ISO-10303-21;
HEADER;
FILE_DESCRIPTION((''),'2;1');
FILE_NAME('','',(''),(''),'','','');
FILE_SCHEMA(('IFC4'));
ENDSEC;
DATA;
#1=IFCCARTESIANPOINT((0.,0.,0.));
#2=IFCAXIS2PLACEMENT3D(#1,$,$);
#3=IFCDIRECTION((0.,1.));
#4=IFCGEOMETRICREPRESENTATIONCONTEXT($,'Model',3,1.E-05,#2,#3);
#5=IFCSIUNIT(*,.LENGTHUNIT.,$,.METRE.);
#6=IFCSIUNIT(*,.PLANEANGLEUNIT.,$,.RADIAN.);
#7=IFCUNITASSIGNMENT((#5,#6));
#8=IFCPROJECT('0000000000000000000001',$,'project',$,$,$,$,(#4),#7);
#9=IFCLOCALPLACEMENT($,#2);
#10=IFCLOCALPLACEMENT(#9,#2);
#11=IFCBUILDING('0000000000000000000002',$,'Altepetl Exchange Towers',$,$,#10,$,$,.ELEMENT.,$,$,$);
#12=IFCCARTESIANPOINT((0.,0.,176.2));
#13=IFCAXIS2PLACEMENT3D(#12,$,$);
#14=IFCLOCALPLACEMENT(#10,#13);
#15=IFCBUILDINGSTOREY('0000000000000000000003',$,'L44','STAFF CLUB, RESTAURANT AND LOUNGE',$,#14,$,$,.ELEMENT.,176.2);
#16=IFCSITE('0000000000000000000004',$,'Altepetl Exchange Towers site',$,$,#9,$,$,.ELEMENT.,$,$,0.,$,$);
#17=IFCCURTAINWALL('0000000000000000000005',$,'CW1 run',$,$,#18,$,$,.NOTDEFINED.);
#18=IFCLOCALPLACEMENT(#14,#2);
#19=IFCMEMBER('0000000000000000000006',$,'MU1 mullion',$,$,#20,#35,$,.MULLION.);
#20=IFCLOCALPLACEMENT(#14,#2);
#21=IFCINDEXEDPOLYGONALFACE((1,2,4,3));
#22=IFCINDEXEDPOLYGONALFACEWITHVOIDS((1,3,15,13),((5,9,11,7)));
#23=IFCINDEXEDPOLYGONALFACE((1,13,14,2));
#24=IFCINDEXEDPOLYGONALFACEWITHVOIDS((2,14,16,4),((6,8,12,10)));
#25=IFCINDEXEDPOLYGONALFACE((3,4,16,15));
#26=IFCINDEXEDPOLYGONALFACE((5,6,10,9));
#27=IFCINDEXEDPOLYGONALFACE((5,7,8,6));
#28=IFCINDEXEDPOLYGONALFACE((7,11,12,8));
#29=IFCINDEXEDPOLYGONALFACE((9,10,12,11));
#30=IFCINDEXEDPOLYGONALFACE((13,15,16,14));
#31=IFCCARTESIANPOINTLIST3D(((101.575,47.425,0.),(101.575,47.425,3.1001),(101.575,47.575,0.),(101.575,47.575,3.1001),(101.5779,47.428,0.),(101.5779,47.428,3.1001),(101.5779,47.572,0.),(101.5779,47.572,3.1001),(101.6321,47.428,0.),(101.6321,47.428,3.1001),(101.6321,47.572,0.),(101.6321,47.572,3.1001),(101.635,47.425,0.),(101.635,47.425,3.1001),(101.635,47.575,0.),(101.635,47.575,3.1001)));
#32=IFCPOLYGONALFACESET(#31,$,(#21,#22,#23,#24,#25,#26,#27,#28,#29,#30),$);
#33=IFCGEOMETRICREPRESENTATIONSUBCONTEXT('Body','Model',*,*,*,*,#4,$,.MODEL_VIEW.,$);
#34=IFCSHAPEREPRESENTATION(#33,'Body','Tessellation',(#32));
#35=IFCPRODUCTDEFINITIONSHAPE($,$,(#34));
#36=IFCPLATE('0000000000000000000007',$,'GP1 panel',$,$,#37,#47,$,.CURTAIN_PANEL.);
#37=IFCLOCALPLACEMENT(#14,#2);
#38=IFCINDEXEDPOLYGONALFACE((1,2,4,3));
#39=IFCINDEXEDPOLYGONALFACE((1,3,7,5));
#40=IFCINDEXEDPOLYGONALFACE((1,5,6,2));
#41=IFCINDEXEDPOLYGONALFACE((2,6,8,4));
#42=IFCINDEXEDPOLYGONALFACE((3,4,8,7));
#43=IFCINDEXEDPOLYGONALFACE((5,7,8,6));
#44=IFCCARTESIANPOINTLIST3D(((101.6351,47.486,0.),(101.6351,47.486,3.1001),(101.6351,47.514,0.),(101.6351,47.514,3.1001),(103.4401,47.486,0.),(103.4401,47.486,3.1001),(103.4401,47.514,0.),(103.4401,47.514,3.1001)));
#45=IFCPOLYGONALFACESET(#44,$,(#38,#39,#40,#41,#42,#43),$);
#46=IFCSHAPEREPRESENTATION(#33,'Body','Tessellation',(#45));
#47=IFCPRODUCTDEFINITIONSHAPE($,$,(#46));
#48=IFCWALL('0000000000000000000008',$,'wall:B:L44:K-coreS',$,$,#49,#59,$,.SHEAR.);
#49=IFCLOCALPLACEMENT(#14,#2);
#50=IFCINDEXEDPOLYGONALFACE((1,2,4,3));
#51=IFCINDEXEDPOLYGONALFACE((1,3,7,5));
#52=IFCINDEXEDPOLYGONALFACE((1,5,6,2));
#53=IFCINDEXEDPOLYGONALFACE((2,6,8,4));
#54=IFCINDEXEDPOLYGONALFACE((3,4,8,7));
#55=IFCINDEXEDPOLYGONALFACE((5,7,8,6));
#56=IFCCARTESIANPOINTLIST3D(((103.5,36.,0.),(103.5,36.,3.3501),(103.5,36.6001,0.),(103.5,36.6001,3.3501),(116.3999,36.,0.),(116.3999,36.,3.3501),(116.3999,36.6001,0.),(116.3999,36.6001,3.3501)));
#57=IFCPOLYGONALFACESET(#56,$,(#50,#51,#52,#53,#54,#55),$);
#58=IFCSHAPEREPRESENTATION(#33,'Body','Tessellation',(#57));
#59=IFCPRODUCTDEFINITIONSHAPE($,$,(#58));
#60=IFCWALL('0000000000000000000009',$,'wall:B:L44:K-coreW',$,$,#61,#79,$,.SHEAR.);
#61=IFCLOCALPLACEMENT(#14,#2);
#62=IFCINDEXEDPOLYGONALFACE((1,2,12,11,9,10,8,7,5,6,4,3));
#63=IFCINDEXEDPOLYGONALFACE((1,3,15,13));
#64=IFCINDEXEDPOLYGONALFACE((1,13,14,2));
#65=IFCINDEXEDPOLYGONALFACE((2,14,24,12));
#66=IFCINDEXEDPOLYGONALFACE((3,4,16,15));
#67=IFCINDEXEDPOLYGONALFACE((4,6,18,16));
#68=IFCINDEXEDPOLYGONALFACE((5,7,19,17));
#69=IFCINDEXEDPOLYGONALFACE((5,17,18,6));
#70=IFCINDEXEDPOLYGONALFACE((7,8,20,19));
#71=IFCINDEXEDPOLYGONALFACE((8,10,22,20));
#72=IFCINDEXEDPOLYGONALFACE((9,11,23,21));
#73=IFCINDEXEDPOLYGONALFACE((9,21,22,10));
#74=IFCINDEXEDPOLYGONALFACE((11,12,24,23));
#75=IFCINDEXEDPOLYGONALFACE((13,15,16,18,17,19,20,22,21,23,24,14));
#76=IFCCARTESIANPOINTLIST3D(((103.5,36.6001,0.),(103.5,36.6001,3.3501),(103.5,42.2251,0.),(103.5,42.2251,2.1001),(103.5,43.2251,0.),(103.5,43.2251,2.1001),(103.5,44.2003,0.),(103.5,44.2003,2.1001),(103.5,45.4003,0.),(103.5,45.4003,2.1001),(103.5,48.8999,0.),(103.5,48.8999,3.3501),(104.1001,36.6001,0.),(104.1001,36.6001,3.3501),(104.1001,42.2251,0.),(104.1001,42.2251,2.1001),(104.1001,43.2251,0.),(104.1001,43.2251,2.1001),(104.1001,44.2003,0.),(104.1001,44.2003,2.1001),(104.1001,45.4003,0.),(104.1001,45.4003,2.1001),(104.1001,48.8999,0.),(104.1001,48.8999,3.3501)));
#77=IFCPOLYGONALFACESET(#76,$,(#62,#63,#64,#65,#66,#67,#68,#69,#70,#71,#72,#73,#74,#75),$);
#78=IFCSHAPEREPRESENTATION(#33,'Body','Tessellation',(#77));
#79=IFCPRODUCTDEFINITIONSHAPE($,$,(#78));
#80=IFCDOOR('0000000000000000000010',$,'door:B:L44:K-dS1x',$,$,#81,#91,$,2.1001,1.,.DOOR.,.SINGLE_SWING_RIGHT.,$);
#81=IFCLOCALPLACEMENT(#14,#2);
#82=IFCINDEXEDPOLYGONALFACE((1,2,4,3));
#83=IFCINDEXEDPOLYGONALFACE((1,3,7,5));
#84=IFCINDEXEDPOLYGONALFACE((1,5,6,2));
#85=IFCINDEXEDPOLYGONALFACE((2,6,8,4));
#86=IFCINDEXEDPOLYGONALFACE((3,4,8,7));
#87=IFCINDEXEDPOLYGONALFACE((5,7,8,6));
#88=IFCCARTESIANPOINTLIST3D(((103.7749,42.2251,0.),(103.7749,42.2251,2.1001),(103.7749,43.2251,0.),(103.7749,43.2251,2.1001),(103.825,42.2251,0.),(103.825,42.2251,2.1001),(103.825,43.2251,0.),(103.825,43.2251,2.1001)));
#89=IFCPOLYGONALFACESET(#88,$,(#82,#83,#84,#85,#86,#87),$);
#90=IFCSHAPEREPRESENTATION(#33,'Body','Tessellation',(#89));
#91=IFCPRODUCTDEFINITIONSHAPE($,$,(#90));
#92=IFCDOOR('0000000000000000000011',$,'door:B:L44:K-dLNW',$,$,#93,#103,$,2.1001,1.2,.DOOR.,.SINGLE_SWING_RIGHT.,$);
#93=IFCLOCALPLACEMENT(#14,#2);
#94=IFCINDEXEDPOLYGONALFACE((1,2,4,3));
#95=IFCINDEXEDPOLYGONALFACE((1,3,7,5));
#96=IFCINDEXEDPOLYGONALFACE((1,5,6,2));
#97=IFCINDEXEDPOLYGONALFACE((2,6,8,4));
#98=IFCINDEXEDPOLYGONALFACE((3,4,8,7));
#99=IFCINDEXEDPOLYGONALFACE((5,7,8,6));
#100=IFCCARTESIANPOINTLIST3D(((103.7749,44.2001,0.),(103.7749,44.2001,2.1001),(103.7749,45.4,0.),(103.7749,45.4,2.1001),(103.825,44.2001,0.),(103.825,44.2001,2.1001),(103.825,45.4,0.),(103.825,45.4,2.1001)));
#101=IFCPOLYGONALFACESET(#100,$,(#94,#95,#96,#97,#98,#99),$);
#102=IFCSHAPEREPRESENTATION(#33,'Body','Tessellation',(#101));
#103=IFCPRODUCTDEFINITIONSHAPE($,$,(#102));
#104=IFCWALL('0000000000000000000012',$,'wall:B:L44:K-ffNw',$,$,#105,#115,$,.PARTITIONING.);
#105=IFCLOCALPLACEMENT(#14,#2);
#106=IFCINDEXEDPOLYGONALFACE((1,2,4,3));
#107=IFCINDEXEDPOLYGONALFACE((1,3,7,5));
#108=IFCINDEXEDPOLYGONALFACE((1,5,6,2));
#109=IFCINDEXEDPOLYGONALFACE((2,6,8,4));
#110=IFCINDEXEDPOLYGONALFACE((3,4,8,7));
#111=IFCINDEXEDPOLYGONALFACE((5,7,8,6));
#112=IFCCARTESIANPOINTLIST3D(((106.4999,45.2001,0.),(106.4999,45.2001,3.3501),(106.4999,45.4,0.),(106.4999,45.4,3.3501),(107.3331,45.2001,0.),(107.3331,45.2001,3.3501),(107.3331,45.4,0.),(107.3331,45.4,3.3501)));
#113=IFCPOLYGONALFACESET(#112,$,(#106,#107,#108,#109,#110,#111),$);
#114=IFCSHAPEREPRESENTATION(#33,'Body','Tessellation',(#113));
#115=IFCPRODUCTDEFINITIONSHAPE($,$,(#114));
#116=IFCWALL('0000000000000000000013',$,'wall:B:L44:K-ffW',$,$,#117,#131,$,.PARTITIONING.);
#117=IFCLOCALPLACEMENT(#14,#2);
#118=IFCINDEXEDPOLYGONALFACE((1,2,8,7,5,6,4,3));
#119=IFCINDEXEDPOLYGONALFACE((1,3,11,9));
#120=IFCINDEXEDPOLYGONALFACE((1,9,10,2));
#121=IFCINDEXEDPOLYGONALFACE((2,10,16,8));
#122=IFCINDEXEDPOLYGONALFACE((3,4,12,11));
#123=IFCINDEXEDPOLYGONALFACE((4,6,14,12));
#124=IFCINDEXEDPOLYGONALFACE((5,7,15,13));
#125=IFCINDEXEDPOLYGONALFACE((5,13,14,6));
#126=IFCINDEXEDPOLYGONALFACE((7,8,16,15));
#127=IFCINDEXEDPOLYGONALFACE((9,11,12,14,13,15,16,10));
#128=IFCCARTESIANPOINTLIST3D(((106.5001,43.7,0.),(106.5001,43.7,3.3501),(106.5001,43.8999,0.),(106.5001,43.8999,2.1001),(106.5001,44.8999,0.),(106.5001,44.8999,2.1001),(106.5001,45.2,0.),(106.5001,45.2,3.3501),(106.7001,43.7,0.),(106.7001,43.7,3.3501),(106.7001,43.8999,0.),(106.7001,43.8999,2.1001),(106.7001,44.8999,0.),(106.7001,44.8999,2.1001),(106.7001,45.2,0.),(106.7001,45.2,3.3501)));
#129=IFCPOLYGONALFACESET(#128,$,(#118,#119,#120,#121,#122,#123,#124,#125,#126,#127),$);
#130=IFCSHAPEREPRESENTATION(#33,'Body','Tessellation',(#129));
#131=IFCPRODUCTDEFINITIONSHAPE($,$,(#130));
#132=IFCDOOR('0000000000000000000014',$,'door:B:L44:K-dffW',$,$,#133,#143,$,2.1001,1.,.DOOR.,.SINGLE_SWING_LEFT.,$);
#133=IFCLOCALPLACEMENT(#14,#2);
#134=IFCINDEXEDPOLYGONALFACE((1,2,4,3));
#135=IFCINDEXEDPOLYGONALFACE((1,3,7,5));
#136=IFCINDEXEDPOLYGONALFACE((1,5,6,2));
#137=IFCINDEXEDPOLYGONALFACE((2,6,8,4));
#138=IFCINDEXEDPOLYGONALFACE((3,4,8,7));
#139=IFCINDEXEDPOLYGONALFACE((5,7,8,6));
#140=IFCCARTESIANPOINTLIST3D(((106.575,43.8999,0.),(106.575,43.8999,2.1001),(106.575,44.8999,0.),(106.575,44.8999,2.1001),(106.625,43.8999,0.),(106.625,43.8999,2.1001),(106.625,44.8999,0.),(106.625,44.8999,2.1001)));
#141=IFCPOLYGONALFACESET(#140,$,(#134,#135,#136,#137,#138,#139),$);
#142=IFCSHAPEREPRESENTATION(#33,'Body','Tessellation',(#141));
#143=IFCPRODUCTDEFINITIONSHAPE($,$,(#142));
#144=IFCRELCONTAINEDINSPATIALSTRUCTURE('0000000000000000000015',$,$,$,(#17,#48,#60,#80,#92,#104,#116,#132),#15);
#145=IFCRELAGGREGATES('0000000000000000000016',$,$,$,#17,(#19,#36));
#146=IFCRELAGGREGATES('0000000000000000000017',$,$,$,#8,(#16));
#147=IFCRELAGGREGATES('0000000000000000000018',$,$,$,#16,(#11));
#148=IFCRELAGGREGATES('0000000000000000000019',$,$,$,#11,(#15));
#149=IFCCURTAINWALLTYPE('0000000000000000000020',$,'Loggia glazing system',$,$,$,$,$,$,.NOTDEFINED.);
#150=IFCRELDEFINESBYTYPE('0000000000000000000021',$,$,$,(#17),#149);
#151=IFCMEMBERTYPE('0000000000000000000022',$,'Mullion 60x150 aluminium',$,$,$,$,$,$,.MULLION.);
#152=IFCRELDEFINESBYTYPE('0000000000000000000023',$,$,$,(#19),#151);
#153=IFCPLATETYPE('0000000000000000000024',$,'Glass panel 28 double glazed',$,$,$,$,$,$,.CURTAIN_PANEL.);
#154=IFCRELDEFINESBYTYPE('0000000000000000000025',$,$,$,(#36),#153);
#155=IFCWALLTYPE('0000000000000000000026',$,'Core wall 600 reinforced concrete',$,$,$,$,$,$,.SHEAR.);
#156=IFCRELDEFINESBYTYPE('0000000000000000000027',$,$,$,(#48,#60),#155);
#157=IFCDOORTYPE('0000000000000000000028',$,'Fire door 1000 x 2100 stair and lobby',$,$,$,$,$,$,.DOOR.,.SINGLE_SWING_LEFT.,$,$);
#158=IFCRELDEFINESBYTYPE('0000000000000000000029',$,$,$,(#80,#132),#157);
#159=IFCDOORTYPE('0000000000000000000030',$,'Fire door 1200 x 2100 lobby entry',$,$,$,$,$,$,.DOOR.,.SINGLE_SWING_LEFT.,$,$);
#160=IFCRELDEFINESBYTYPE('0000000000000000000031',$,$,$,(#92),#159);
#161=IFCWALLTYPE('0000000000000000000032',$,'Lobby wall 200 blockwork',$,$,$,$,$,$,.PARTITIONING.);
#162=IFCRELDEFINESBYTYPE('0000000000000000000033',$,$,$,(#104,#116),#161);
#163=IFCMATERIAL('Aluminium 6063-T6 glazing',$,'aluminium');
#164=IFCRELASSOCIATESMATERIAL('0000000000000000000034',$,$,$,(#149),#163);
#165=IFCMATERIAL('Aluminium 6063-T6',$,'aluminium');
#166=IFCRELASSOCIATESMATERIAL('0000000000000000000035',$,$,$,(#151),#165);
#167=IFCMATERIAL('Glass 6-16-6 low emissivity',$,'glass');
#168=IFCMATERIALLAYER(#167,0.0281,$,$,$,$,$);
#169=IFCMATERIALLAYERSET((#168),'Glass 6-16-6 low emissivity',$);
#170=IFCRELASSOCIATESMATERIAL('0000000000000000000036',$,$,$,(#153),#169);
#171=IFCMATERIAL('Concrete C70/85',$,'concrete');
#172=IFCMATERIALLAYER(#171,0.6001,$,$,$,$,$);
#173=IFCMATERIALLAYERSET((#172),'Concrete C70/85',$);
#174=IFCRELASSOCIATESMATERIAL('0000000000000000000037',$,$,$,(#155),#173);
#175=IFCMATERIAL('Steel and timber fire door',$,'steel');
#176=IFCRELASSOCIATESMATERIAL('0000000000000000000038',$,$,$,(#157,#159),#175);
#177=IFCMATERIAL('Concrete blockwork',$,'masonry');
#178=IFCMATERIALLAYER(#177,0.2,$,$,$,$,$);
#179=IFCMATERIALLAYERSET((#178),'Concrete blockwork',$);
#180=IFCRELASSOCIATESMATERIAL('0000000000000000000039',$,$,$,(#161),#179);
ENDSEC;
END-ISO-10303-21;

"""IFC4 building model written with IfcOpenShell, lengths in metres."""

from ifc_helpers import new_model, si_unit, direction, frame, frame_2d, origin, origin_2d, place, context, subcontext, project, spatial, rectangle, hollow_rectangle, extrude, material, layer, layer_set, material_profile, profile_set, type_object, element, fill, aggregate, save


model = new_model("IFC4")

# Units and contexts
model_context = context("Model", 3, precision=1e-05, world=origin(), true_north=direction((0.0, 1.0)))
body_context = subcontext(model_context, "Body", "Model", "MODEL_VIEW")
ifc_project = project(units=[si_unit("LENGTHUNIT", "METRE"), si_unit("PLANEANGLEUNIT", "RADIAN")], contexts=[model_context])

# Site, building, storey
site_placement = place(None, origin())
site = spatial("IfcSite", under=ifc_project, at=site_placement, Name="Altepetl Exchange Towers site", CompositionType="ELEMENT", RefElevation=0.0)
building_placement = place(site_placement, origin())
building = spatial("IfcBuilding", under=site, at=building_placement, Name="Altepetl Exchange Towers", CompositionType="ELEMENT")
storey_placement = place(building_placement, frame((0.0, 0.0, 176.2)))
storey = spatial("IfcBuildingStorey", under=building, at=storey_placement, Name="L44", Description="STAFF CLUB, RESTAURANT AND LOUNGE", CompositionType="ELEMENT", Elevation=176.2)

# Curtain wall, member, plate
ifc_material_1 = material(Name="Aluminium 6063-T6 glazing", Category="aluminium")
curtain_wall_type = type_object("IfcCurtainWallType", Name="Loggia glazing system", PredefinedType="NOTDEFINED", material=ifc_material_1)
curtain_wall_placement = place(storey_placement, origin())
curtain_wall = element("IfcCurtainWall", 1, at=curtain_wall_placement, inside=storey, type_object=curtain_wall_type, Name="CW1 run", PredefinedType="NOTDEFINED")
ifc_material_2 = material(Name="Aluminium 6063-T6", Category="aluminium")
ifc_material_profile = material_profile(ifc_material_2, hollow_rectangle(XDim=0.0601, YDim=0.1499, WallThickness=0.0029, at=origin_2d()), Name="Mullion 60x150 aluminium")
ifc_profile_set = profile_set([ifc_material_profile], Name="Aluminium 6063-T6")
member_type = type_object("IfcMemberType", Name="Mullion 60x150 aluminium", PredefinedType="MULLION", material=ifc_profile_set)
member_placement = place(storey_placement, frame((101.605, 47.5, 0.0), z_axis=(0.0, 0.0, 1.0), x_axis=(-1.0, 0.0, 0.0)))
member = element("IfcMember", 2, at=member_placement, type_object=member_type, Name="MU1 mullion", PredefinedType="MULLION", context=body_context, shape_type="SweptSolid", body=[
    extrude(hollow_rectangle(XDim=0.0601, YDim=0.1499, WallThickness=0.0029, at=origin_2d()), origin(), (0.0, 0.0, 1.0), 3.1001),
])
ifc_material_3 = material(Name="Glass 6-16-6 low emissivity", Category="glass")
ifc_layer_1 = layer(ifc_material_3, 0.0281)
ifc_layer_set_1 = layer_set([ifc_layer_1], Name="Glass 6-16-6 low emissivity")
plate_type = type_object("IfcPlateType", Name="Glass panel 28 double glazed", PredefinedType="CURTAIN_PANEL", material=ifc_layer_set_1)
plate_placement = place(storey_placement, frame((102.5376, 47.5, 0.0), z_axis=(0.0, 0.0, 1.0), x_axis=(-1.0, 0.0, 0.0)))
plate = element("IfcPlate", 3, at=plate_placement, type_object=plate_type, Name="GP1 panel", PredefinedType="CURTAIN_PANEL", context=body_context, shape_type="SweptSolid", body=[
    extrude(rectangle(XDim=1.8049, YDim=0.0281, at=origin_2d()), origin(), (0.0, 0.0, 1.0), 3.1001),
])
aggregate(curtain_wall, [member, plate])

# Wall
ifc_material_4 = material(Name="Concrete C70/85", Category="concrete")
ifc_layer_2 = layer(ifc_material_4, 0.6001)
ifc_layer_set_2 = layer_set([ifc_layer_2], Name="Concrete C70/85")
wall_type_1 = type_object("IfcWallType", Name="Core wall 600 reinforced concrete", PredefinedType="SHEAR", material=ifc_layer_set_2)
wall_1_placement = place(storey_placement, frame((103.5, 36.3, 0.0)))
element("IfcWall", 4, at=wall_1_placement, inside=storey, type_object=wall_type_1, Name="wall:B:L44:K-coreS", PredefinedType="SHEAR", context=body_context, shape_type="SweptSolid", body=[
    extrude(rectangle(XDim=12.8999, YDim=0.6001, at=frame_2d((6.45, 0.0))), origin(), (0.0, 0.0, 1.0), 3.3501),
])

# Wall, openings, doors
wall_2_placement = place(storey_placement, frame((103.8, 36.6001, 0.0), z_axis=(0.0, 0.0, 1.0), x_axis=(0.0, 1.0, 0.0)))
wall_2 = element("IfcWall", 5, at=wall_2_placement, inside=storey, type_object=wall_type_1, Name="wall:B:L44:K-coreW", PredefinedType="SHEAR", context=body_context, shape_type="SweptSolid", body=[
    extrude(rectangle(XDim=12.2998, YDim=0.6001, at=frame_2d((6.1499, 0.0))), origin(), (0.0, 0.0, 1.0), 3.3501),
])
opening_1_placement = place(wall_2_placement, frame((7.6001, 0.0, 0.0)))
opening_1 = element("IfcOpeningElement", 6, at=opening_1_placement, cuts=wall_2, PredefinedType="OPENING", context=body_context, shape_type="SweptSolid", body=[
    extrude(rectangle(XDim=1.2, YDim=2.1001, at=frame_2d((0.6001, 1.05))), frame((0.0, 0.3101, 0.0), z_axis=(0.0, -1.0, 0.0), x_axis=(1.0, 0.0, 0.0)), (0.0, 0.0, 1.0), 0.6201),
])
opening_2_placement = place(wall_2_placement, frame((5.625, 0.0, 0.0)))
opening_2 = element("IfcOpeningElement", 7, at=opening_2_placement, cuts=wall_2, PredefinedType="OPENING", context=body_context, shape_type="SweptSolid", body=[
    extrude(rectangle(XDim=1.0, YDim=2.1001, at=frame_2d((0.5, 1.05))), frame((0.0, 0.3101, 0.0), z_axis=(0.0, -1.0, 0.0), x_axis=(1.0, 0.0, 0.0)), (0.0, 0.0, 1.0), 0.6201),
])
ifc_material_5 = material(Name="Steel and timber fire door", Category="steel")
door_type_1 = type_object("IfcDoorType", Name="Fire door 1000 x 2100 stair and lobby", OperationType="SINGLE_SWING_LEFT", PredefinedType="DOOR", material=ifc_material_5)
door_1_placement = place(opening_2_placement, frame((1.0, 0.0, 0.0), x_axis=(-1.0, 0.0, 0.0)))
door_1 = element("IfcDoor", 8, at=door_1_placement, inside=storey, type_object=door_type_1, Name="door:B:L44:K-dS1x", OperationType="SINGLE_SWING_RIGHT", OverallHeight=2.1001, OverallWidth=1.0, PredefinedType="DOOR", context=body_context, shape_type="SweptSolid", body=[
    extrude(rectangle(XDim=1.0, YDim=2.1001, at=frame_2d((0.5, 1.05))), frame((0.0, 0.0249, 0.0), z_axis=(0.0, -1.0, 0.0), x_axis=(1.0, 0.0, 0.0)), (0.0, 0.0, 1.0), 0.05),
])
fill(opening_2, door_1)
door_type_2 = type_object("IfcDoorType", Name="Fire door 1200 x 2100 lobby entry", OperationType="SINGLE_SWING_LEFT", PredefinedType="DOOR", material=ifc_material_5)
door_2_placement = place(opening_1_placement, frame((1.2, 0.0, 0.0), x_axis=(-1.0, 0.0, 0.0)))
door_2 = element("IfcDoor", 9, at=door_2_placement, inside=storey, type_object=door_type_2, Name="door:B:L44:K-dLNW", OperationType="SINGLE_SWING_RIGHT", OverallHeight=2.1001, OverallWidth=1.2, PredefinedType="DOOR", context=body_context, shape_type="SweptSolid", body=[
    extrude(rectangle(XDim=1.2, YDim=2.1001, at=frame_2d((0.6001, 1.05))), frame((0.0, 0.0249, 0.0), z_axis=(0.0, -1.0, 0.0), x_axis=(1.0, 0.0, 0.0)), (0.0, 0.0, 1.0), 0.05),
])
fill(opening_1, door_2)

# Wall
ifc_material_6 = material(Name="Concrete blockwork", Category="masonry")
ifc_layer_3 = layer(ifc_material_6, 0.2)
ifc_layer_set_3 = layer_set([ifc_layer_3], Name="Concrete blockwork")
wall_type_2 = type_object("IfcWallType", Name="Lobby wall 200 blockwork", PredefinedType="PARTITIONING", material=ifc_layer_set_3)
wall_3_placement = place(storey_placement, frame((106.5, 45.3, 0.0)))
element("IfcWall", 10, at=wall_3_placement, inside=storey, type_object=wall_type_2, Name="wall:B:L44:K-ffNw", PredefinedType="PARTITIONING", context=body_context, shape_type="SweptSolid", body=[
    extrude(rectangle(XDim=0.8333, YDim=0.2, at=frame_2d((0.4165, 0.0))), origin(), (0.0, 0.0, 1.0), 3.3501),
])

# Wall, opening, door
wall_4_placement = place(storey_placement, frame((106.6001, 43.7, 0.0), z_axis=(0.0, 0.0, 1.0), x_axis=(0.0, 1.0, 0.0)))
wall_4 = element("IfcWall", 11, at=wall_4_placement, inside=storey, type_object=wall_type_2, Name="wall:B:L44:K-ffW", PredefinedType="PARTITIONING", context=body_context, shape_type="SweptSolid", body=[
    extrude(rectangle(XDim=1.5, YDim=0.2, at=frame_2d((0.75, 0.0))), origin(), (0.0, 0.0, 1.0), 3.3501),
])
opening_3_placement = place(wall_4_placement, frame((0.2, 0.0, 0.0)))
opening_3 = element("IfcOpeningElement", 12, at=opening_3_placement, cuts=wall_4, PredefinedType="OPENING", context=body_context, shape_type="SweptSolid", body=[
    extrude(rectangle(XDim=1.0, YDim=2.1001, at=frame_2d((0.5, 1.05))), frame((0.0, 0.1099, 0.0), z_axis=(0.0, -1.0, 0.0), x_axis=(1.0, 0.0, 0.0)), (0.0, 0.0, 1.0), 0.22),
])
door_3_placement = place(opening_3_placement, frame((1.0, 0.0, 0.0), x_axis=(-1.0, 0.0, 0.0)))
door_3 = element("IfcDoor", 13, at=door_3_placement, inside=storey, type_object=door_type_1, Name="door:B:L44:K-dffW", OperationType="SINGLE_SWING_LEFT", OverallHeight=2.1001, OverallWidth=1.0, PredefinedType="DOOR", context=body_context, shape_type="SweptSolid", body=[
    extrude(rectangle(XDim=1.0, YDim=2.1001, at=frame_2d((0.5, 1.05))), frame((0.0, 0.0249, 0.0), z_axis=(0.0, -1.0, 0.0), x_axis=(1.0, 0.0, 0.0)), (0.0, 0.0, 1.0), 0.05),
])
fill(opening_3, door_3)

save(model, "model.ifc")
